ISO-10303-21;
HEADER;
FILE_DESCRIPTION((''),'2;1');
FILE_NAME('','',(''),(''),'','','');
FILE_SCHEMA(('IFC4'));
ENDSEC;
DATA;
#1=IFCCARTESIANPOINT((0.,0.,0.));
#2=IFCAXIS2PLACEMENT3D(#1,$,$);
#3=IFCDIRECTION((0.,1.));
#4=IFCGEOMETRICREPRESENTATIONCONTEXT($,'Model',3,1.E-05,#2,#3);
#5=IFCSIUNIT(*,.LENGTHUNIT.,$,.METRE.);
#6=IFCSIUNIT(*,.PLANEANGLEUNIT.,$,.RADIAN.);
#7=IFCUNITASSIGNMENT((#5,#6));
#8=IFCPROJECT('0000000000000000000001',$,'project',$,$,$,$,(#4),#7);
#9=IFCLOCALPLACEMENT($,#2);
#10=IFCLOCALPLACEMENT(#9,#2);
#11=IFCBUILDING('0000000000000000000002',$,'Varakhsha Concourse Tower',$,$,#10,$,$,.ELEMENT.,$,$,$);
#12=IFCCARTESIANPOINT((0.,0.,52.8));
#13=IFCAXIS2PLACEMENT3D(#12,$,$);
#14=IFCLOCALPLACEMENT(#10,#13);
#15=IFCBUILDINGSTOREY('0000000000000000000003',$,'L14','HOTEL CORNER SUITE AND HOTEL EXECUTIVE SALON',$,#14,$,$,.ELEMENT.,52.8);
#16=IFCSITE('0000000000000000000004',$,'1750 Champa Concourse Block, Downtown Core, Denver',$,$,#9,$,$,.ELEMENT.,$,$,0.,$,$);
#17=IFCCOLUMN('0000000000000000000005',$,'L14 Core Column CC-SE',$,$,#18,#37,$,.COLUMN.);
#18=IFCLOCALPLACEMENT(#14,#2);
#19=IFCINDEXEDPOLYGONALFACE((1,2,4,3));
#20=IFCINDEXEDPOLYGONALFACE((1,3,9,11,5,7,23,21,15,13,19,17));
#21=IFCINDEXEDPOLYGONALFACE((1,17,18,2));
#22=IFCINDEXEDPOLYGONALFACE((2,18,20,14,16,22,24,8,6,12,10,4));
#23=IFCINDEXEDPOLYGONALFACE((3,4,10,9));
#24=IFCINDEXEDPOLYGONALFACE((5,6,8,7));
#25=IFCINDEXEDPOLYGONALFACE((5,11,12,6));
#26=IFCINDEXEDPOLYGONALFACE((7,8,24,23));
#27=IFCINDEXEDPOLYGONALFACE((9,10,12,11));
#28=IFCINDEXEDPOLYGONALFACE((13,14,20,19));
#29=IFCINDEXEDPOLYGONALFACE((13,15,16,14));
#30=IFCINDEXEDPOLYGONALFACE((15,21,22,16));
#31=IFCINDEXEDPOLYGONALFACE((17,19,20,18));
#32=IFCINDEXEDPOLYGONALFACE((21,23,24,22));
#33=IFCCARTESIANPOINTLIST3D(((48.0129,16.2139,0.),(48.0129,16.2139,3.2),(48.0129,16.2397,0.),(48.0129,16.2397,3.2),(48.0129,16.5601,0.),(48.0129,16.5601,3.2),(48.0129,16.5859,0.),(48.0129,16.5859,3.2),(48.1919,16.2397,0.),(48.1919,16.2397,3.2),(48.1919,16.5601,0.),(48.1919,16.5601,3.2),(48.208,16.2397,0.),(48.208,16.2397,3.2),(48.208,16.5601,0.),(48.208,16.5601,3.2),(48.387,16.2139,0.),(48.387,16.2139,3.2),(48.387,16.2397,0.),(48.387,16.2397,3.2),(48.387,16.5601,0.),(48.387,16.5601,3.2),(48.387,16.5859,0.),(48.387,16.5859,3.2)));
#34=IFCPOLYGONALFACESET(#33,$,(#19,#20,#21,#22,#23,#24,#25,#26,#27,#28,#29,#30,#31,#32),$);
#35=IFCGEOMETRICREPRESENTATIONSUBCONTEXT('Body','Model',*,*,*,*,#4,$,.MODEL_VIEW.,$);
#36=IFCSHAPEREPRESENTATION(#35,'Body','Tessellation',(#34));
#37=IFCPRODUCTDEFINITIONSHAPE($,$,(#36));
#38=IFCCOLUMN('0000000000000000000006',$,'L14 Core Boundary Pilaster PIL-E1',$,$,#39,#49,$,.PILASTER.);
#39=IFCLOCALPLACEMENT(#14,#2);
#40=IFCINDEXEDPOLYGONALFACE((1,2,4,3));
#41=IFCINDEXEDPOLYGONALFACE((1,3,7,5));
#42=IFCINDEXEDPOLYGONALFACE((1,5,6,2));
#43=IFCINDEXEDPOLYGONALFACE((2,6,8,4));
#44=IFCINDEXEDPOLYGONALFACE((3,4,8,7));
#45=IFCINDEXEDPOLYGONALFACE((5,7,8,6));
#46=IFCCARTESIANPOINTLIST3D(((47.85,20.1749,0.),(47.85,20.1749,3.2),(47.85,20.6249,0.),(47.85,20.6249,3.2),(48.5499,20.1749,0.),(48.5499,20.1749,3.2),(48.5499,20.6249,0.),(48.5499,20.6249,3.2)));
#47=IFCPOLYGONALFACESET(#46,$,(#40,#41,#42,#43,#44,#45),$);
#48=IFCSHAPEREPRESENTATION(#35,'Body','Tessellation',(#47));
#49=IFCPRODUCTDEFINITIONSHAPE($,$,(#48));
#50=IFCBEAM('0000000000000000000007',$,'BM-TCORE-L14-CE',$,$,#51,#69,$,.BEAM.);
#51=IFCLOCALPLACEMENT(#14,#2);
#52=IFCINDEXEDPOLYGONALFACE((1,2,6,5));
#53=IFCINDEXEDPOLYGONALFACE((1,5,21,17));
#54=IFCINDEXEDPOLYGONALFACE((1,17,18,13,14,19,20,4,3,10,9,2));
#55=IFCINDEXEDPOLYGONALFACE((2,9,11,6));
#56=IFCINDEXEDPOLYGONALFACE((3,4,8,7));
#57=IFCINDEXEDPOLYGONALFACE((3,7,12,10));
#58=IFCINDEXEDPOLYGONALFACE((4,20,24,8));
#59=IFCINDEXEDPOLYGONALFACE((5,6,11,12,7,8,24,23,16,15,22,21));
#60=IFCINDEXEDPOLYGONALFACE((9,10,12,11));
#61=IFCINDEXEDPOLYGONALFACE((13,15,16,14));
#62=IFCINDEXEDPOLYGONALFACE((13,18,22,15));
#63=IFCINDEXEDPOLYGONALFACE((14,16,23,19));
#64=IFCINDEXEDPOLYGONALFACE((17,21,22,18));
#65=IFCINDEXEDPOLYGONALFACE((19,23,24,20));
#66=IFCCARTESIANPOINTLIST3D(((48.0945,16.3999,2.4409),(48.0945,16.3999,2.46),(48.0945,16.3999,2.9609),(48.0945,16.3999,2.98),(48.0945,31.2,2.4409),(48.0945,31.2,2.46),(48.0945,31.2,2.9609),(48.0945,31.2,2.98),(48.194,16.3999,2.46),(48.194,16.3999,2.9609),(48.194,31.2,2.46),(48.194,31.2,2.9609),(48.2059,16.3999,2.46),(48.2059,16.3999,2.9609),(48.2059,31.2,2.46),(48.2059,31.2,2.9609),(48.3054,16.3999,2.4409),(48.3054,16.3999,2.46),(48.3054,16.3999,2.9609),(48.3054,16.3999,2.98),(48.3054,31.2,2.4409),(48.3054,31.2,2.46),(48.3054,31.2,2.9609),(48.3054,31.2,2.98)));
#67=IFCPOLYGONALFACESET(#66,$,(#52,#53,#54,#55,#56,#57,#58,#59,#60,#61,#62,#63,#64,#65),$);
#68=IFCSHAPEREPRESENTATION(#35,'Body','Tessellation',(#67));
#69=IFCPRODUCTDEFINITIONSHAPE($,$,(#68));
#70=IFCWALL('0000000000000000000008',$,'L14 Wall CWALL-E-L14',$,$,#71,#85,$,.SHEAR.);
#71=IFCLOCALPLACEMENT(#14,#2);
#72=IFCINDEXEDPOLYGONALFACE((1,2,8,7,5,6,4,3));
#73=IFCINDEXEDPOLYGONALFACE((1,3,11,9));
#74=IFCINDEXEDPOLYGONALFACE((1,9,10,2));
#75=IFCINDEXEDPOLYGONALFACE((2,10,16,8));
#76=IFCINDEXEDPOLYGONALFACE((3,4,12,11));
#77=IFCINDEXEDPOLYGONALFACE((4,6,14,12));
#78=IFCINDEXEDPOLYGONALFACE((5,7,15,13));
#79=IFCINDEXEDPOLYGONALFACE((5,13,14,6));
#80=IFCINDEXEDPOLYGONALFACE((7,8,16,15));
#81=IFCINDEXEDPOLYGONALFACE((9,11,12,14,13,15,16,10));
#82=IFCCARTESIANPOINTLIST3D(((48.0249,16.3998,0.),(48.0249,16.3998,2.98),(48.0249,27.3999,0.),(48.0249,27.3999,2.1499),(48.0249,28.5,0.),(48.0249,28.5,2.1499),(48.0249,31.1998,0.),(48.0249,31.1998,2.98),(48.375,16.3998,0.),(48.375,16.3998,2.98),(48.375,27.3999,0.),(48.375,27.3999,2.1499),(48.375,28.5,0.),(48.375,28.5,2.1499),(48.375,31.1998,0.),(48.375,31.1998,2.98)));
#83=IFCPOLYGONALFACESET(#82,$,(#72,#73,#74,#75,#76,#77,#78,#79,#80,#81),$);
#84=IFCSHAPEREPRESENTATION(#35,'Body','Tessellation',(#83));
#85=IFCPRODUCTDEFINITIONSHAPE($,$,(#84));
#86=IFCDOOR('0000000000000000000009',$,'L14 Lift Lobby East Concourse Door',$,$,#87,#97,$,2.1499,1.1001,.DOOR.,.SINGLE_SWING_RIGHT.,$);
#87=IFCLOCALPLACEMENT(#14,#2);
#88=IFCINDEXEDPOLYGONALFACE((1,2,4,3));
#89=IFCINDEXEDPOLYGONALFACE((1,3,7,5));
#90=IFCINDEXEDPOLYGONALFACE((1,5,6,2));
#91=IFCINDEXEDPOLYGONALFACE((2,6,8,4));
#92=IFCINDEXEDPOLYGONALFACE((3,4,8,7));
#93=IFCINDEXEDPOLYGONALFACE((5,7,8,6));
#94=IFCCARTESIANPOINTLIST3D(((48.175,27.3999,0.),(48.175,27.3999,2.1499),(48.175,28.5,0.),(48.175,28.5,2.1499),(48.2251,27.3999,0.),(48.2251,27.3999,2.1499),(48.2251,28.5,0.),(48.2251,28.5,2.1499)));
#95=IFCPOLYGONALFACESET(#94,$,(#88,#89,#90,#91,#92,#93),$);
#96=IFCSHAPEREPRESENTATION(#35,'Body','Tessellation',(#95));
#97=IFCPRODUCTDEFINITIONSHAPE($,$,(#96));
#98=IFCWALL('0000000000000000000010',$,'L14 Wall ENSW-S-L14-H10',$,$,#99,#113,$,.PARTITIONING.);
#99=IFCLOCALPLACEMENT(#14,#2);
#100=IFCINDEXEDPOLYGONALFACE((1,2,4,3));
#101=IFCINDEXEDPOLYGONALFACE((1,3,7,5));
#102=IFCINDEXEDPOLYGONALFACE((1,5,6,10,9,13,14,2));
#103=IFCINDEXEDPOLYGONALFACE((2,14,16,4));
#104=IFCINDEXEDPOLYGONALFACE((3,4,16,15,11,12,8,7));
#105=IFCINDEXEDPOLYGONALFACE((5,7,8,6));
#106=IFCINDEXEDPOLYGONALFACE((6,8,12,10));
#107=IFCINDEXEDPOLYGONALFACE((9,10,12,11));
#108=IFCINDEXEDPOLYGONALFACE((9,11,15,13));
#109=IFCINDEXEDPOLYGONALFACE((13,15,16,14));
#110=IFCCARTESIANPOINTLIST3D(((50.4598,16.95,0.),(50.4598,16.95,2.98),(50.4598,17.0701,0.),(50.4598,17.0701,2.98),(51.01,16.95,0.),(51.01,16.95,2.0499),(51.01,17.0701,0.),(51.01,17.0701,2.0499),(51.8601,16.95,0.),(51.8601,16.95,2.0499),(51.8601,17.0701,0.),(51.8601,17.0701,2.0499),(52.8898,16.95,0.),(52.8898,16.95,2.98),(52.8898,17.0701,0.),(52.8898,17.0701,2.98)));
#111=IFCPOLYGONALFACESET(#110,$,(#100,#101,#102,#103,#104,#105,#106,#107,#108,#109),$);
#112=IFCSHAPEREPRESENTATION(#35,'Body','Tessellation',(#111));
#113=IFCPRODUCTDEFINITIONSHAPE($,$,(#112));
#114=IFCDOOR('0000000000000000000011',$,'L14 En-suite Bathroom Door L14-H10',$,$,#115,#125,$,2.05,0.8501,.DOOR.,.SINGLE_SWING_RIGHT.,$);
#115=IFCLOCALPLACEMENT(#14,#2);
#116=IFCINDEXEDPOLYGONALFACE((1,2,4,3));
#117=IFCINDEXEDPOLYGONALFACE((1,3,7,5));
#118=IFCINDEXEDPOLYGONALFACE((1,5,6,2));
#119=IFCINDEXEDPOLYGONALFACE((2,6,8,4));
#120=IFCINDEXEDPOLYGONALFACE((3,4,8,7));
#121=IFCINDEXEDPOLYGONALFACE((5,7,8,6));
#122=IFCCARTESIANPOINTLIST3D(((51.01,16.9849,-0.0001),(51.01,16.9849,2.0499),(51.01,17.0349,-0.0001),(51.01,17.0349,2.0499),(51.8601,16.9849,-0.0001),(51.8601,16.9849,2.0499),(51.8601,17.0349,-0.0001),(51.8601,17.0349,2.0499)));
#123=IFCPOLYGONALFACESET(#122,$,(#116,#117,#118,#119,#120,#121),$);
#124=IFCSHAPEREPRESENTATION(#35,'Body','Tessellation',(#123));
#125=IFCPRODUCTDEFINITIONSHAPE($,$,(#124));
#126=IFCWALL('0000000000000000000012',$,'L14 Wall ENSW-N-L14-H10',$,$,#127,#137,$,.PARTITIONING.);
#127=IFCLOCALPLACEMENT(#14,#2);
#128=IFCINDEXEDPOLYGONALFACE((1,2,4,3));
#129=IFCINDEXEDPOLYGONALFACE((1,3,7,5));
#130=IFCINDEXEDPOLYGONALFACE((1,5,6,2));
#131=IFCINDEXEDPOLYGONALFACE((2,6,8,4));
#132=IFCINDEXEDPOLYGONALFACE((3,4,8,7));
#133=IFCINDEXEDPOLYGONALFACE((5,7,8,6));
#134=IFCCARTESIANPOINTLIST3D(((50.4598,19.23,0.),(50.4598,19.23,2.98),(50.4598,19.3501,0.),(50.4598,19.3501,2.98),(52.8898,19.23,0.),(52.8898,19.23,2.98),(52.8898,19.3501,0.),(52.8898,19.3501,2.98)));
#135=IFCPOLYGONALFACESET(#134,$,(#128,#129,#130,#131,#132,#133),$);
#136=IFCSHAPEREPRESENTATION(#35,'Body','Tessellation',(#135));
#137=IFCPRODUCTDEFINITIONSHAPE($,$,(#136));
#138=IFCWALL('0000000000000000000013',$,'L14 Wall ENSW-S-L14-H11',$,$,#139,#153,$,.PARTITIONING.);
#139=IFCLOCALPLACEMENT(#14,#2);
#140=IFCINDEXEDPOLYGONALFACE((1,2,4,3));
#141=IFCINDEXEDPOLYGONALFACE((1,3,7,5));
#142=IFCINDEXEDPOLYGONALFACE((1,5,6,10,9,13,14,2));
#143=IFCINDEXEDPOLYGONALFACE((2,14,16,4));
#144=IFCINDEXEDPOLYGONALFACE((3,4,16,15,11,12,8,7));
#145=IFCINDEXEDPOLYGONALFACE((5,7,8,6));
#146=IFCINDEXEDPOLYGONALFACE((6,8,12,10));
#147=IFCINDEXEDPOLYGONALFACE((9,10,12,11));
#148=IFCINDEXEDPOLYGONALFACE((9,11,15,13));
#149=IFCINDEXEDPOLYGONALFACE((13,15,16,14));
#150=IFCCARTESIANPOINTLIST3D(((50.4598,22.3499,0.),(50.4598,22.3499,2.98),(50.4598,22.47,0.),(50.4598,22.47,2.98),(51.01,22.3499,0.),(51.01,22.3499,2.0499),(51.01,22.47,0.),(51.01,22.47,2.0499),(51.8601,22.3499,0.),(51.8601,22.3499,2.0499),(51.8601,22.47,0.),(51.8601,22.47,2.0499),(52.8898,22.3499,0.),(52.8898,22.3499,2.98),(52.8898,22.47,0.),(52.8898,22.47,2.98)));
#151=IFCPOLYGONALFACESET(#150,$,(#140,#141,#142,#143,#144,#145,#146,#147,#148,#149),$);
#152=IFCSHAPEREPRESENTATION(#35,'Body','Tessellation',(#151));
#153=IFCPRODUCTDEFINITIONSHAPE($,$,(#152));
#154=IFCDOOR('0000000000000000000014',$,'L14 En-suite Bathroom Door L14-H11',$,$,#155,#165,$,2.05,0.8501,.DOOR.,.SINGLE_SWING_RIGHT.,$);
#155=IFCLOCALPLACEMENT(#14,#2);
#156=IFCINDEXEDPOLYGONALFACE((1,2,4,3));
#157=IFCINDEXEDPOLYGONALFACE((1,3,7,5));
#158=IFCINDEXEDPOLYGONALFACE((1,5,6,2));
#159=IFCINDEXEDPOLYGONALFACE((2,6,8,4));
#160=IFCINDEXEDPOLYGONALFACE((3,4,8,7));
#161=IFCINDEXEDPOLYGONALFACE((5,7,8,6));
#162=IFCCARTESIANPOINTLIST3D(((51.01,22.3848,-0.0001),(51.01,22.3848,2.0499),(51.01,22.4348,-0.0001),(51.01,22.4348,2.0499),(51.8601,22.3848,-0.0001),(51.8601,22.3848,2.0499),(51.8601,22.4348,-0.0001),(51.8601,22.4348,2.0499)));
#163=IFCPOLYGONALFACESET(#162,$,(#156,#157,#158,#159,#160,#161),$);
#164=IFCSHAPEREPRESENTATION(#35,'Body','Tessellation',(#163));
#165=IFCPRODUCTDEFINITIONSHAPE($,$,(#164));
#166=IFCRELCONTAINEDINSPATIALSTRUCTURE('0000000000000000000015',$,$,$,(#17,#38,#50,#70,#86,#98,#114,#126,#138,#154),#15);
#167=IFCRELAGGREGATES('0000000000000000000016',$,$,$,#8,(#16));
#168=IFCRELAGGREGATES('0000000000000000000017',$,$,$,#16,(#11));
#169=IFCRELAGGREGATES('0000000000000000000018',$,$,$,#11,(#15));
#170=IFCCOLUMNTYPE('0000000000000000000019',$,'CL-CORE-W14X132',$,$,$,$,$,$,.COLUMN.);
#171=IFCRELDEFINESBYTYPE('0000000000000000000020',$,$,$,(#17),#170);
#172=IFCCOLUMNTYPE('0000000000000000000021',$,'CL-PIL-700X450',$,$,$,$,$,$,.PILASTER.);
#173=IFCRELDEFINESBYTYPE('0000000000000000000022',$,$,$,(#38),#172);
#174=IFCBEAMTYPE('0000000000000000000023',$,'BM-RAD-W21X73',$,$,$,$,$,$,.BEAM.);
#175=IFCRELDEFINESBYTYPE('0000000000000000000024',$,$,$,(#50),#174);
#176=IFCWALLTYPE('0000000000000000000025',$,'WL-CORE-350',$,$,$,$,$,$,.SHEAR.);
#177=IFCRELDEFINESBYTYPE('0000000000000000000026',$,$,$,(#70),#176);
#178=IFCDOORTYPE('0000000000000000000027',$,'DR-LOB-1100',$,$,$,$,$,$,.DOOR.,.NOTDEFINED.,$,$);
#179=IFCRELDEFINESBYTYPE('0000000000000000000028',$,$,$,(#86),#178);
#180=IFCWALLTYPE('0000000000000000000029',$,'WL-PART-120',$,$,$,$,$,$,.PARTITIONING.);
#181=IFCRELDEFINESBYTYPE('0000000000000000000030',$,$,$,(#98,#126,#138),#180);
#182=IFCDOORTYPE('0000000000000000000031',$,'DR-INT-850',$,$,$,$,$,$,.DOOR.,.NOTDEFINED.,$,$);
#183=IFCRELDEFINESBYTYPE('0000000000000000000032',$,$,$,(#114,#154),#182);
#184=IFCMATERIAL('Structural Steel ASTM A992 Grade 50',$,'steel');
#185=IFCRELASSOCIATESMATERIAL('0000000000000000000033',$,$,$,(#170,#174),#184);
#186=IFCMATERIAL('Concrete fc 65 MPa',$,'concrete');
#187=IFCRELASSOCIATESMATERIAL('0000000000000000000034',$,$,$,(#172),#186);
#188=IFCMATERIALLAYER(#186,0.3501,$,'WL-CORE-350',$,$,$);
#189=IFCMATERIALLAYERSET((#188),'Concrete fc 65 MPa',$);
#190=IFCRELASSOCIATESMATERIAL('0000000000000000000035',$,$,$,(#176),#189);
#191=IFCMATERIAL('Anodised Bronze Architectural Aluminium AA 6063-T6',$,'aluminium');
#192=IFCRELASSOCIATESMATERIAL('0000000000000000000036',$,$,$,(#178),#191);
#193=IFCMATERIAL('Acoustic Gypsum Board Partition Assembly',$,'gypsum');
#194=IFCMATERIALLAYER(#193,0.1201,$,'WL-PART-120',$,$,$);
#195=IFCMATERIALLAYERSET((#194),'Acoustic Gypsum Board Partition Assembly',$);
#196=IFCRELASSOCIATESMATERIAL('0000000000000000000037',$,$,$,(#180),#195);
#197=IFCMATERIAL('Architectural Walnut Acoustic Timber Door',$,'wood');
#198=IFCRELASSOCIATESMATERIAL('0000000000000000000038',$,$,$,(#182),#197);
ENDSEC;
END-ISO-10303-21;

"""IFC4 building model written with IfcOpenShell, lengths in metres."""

from ifc_helpers import new_model, si_unit, direction, frame, frame_2d, origin, origin_2d, place, context, subcontext, project, spatial, rectangle, i_section, extrude, material, layer, layer_set, material_profile, profile_set, type_object, element, fill, save


model = new_model("IFC4")

# Units and contexts
model_context = context("Model", 3, precision=1e-05, world=origin(), true_north=direction((0.0, 1.0)))
body_context = subcontext(model_context, "Body", "Model", "MODEL_VIEW")
ifc_project = project(units=[si_unit("LENGTHUNIT", "METRE"), si_unit("PLANEANGLEUNIT", "RADIAN")], contexts=[model_context])

# Site, building, storey
site_placement = place(None, origin())
site = spatial("IfcSite", under=ifc_project, at=site_placement, Name="1750 Champa Concourse Block, Downtown Core, Denver", CompositionType="ELEMENT", RefElevation=0.0)
building_placement = place(site_placement, origin())
building = spatial("IfcBuilding", under=site, at=building_placement, Name="Varakhsha Concourse Tower", CompositionType="ELEMENT")
storey_placement = place(building_placement, frame((0.0, 0.0, 52.8)))
storey = spatial("IfcBuildingStorey", under=building, at=storey_placement, Name="L14", Description="HOTEL CORNER SUITE AND HOTEL EXECUTIVE SALON", CompositionType="ELEMENT", Elevation=52.8)

# Columns
ifc_material_1 = material(Name="Structural Steel ASTM A992 Grade 50", Category="steel")
ifc_material_profile_1 = material_profile(ifc_material_1, i_section(OverallWidth=0.374, OverallDepth=0.3721, WebThickness=0.0161, FlangeThickness=0.0259, at=origin_2d()), Name="W14X132")
ifc_profile_set_1 = profile_set([ifc_material_profile_1], Name="Structural Steel ASTM A992 Grade 50")
column_type_1 = type_object("IfcColumnType", Name="CL-CORE-W14X132", PredefinedType="COLUMN", material=ifc_profile_set_1)
column_1_placement = place(storey_placement, frame((48.2, 16.3999, 0.0), z_axis=(0.0, 0.0, 1.0), x_axis=(1.0, 0.0, 0.0)))
element("IfcColumn", 1, at=column_1_placement, inside=storey, type_object=column_type_1, Name="L14 Core Column CC-SE", PredefinedType="COLUMN", context=body_context, shape_type="SweptSolid", body=[
    extrude(i_section(OverallWidth=0.374, OverallDepth=0.3721, WebThickness=0.0161, FlangeThickness=0.0259, at=origin_2d()), origin(), (0.0, 0.0, 1.0), 3.2),
])
ifc_material_2 = material(Name="Concrete fc 65 MPa", Category="concrete")
ifc_material_profile_2 = material_profile(ifc_material_2, rectangle(XDim=0.7, YDim=0.45, at=origin_2d()), Name="RC 700x450")
ifc_profile_set_2 = profile_set([ifc_material_profile_2], Name="Concrete fc 65 MPa")
column_type_2 = type_object("IfcColumnType", Name="CL-PIL-700X450", PredefinedType="PILASTER", material=ifc_profile_set_2)
column_2_placement = place(storey_placement, frame((48.2, 20.3999, 0.0), z_axis=(0.0, 0.0, 1.0), x_axis=(1.0, 0.0, 0.0)))
element("IfcColumn", 2, at=column_2_placement, inside=storey, type_object=column_type_2, Name="L14 Core Boundary Pilaster PIL-E1", PredefinedType="PILASTER", context=body_context, shape_type="SweptSolid", body=[
    extrude(rectangle(XDim=0.7, YDim=0.45, at=origin_2d()), origin(), (0.0, 0.0, 1.0), 3.2),
])

# Beam
ifc_material_profile_3 = material_profile(ifc_material_1, i_section(OverallWidth=0.2109, OverallDepth=0.5391, WebThickness=0.012, FlangeThickness=0.019, at=origin_2d()), Name="W21X73")
ifc_profile_set_3 = profile_set([ifc_material_profile_3], Name="Structural Steel ASTM A992 Grade 50")
beam_type = type_object("IfcBeamType", Name="BM-RAD-W21X73", PredefinedType="BEAM", material=ifc_profile_set_3)
beam_placement = place(storey_placement, frame((48.2, 16.3999, 2.7104), z_axis=(0.0, 1.0, 0.0), x_axis=(-1.0, 0.0, 0.0)))
element("IfcBeam", 3, at=beam_placement, inside=storey, type_object=beam_type, Name="BM-TCORE-L14-CE", PredefinedType="BEAM", context=body_context, shape_type="SweptSolid", body=[
    extrude(i_section(OverallWidth=0.2109, OverallDepth=0.5391, WebThickness=0.012, FlangeThickness=0.019, at=origin_2d()), origin(), (0.0, 0.0, 1.0), 14.8),
])

# Walls, openings, doors
ifc_layer_1 = layer(ifc_material_2, 0.3501, Name="WL-CORE-350")
ifc_layer_set_1 = layer_set([ifc_layer_1], Name="Concrete fc 65 MPa")
wall_type_1 = type_object("IfcWallType", Name="WL-CORE-350", PredefinedType="SHEAR", material=ifc_layer_set_1)
wall_1_placement = place(storey_placement, frame((48.2, 16.3999, 0.0), z_axis=(0.0, 0.0, 1.0), x_axis=(0.0, 1.0, 0.0)))
wall_1 = element("IfcWall", 4, at=wall_1_placement, inside=storey, type_object=wall_type_1, Name="L14 Wall CWALL-E-L14", PredefinedType="SHEAR", context=body_context, shape_type="SweptSolid", body=[
    extrude(rectangle(XDim=14.8, YDim=0.3501, at=frame_2d((7.3999, 0.0))), origin(), (0.0, 0.0, 1.0), 2.98),
])
opening_1_placement = place(wall_1_placement, frame((11.0, 0.0, 0.0)))
opening_1 = element("IfcOpeningElement", 5, at=opening_1_placement, cuts=wall_1, PredefinedType="OPENING", context=body_context, shape_type="SweptSolid", body=[
    extrude(rectangle(XDim=1.1001, YDim=2.1499, at=frame_2d((0.55, 1.075))), frame((0.0, 0.1851, 0.0), z_axis=(0.0, -1.0, 0.0), x_axis=(1.0, 0.0, 0.0)), (0.0, 0.0, 1.0), 0.3701),
])
ifc_material_3 = material(Name="Anodised Bronze Architectural Aluminium AA 6063-T6", Category="aluminium")
door_type_1 = type_object("IfcDoorType", Name="DR-LOB-1100", OperationType="NOTDEFINED", PredefinedType="DOOR", material=ifc_material_3)
door_1_placement = place(opening_1_placement, origin())
door_1 = element("IfcDoor", 6, at=door_1_placement, inside=storey, type_object=door_type_1, Name="L14 Lift Lobby East Concourse Door", OperationType="SINGLE_SWING_RIGHT", OverallHeight=2.1499, OverallWidth=1.1001, PredefinedType="DOOR", context=body_context, shape_type="SweptSolid", body=[
    extrude(rectangle(XDim=1.1001, YDim=2.1499, at=frame_2d((0.55, 1.075))), frame((0.0, 0.0249, 0.0), z_axis=(0.0, -1.0, 0.0), x_axis=(1.0, 0.0, 0.0)), (0.0, 0.0, 1.0), 0.05),
])
fill(opening_1, door_1)
ifc_material_4 = material(Name="Acoustic Gypsum Board Partition Assembly", Category="gypsum")
ifc_layer_2 = layer(ifc_material_4, 0.1201, Name="WL-PART-120")
ifc_layer_set_2 = layer_set([ifc_layer_2], Name="Acoustic Gypsum Board Partition Assembly")
wall_type_2 = type_object("IfcWallType", Name="WL-PART-120", PredefinedType="PARTITIONING", material=ifc_layer_set_2)
wall_2_placement = place(storey_placement, frame((50.46, 17.01, 0.0), z_axis=(0.0, 0.0, 1.0), x_axis=(1.0, 0.0, 0.0)))
wall_2 = element("IfcWall", 7, at=wall_2_placement, inside=storey, type_object=wall_type_2, Name="L14 Wall ENSW-S-L14-H10", PredefinedType="PARTITIONING", context=body_context, shape_type="SweptSolid", body=[
    extrude(rectangle(XDim=2.4299, YDim=0.1201, at=frame_2d((1.2148, 0.0))), origin(), (0.0, 0.0, 1.0), 2.98),
])
opening_2_placement = place(wall_2_placement, frame((0.55, 0.0, 0.0)))
opening_2 = element("IfcOpeningElement", 8, at=opening_2_placement, cuts=wall_2, PredefinedType="OPENING", context=body_context, shape_type="SweptSolid", body=[
    extrude(rectangle(XDim=0.8501, YDim=2.05, at=frame_2d((0.425, 1.0249))), frame((0.0, 0.0701, 0.0), z_axis=(0.0, -1.0, 0.0), x_axis=(1.0, 0.0, 0.0)), (0.0, 0.0, 1.0), 0.1401),
])
ifc_material_5 = material(Name="Architectural Walnut Acoustic Timber Door", Category="wood")
door_type_2 = type_object("IfcDoorType", Name="DR-INT-850", OperationType="NOTDEFINED", PredefinedType="DOOR", material=ifc_material_5)
door_2_placement = place(opening_2_placement, origin())
door_2 = element("IfcDoor", 9, at=door_2_placement, inside=storey, type_object=door_type_2, Name="L14 En-suite Bathroom Door L14-H10", OperationType="SINGLE_SWING_RIGHT", OverallHeight=2.05, OverallWidth=0.8501, PredefinedType="DOOR", context=body_context, shape_type="SweptSolid", body=[
    extrude(rectangle(XDim=0.8501, YDim=2.05, at=frame_2d((0.425, 1.0249))), frame((0.0, 0.0249, 0.0), z_axis=(0.0, -1.0, 0.0), x_axis=(1.0, 0.0, 0.0)), (0.0, 0.0, 1.0), 0.05),
])
fill(opening_2, door_2)

# Wall
wall_3_placement = place(storey_placement, frame((50.46, 19.29, 0.0), z_axis=(0.0, 0.0, 1.0), x_axis=(1.0, 0.0, 0.0)))
element("IfcWall", 10, at=wall_3_placement, inside=storey, type_object=wall_type_2, Name="L14 Wall ENSW-N-L14-H10", PredefinedType="PARTITIONING", context=body_context, shape_type="SweptSolid", body=[
    extrude(rectangle(XDim=2.4299, YDim=0.1201, at=frame_2d((1.2148, 0.0))), origin(), (0.0, 0.0, 1.0), 2.98),
])

# Wall, opening, door
wall_4_placement = place(storey_placement, frame((50.46, 22.4099, 0.0), z_axis=(0.0, 0.0, 1.0), x_axis=(1.0, 0.0, 0.0)))
wall_4 = element("IfcWall", 11, at=wall_4_placement, inside=storey, type_object=wall_type_2, Name="L14 Wall ENSW-S-L14-H11", PredefinedType="PARTITIONING", context=body_context, shape_type="SweptSolid", body=[
    extrude(rectangle(XDim=2.4299, YDim=0.1201, at=frame_2d((1.2148, 0.0))), origin(), (0.0, 0.0, 1.0), 2.98),
])
opening_3_placement = place(wall_4_placement, frame((0.55, 0.0, 0.0)))
opening_3 = element("IfcOpeningElement", 12, at=opening_3_placement, cuts=wall_4, PredefinedType="OPENING", context=body_context, shape_type="SweptSolid", body=[
    extrude(rectangle(XDim=0.8501, YDim=2.05, at=frame_2d((0.425, 1.0249))), frame((0.0, 0.0701, 0.0), z_axis=(0.0, -1.0, 0.0), x_axis=(1.0, 0.0, 0.0)), (0.0, 0.0, 1.0), 0.1401),
])
door_3_placement = place(opening_3_placement, origin())
door_3 = element("IfcDoor", 13, at=door_3_placement, inside=storey, type_object=door_type_2, Name="L14 En-suite Bathroom Door L14-H11", OperationType="SINGLE_SWING_RIGHT", OverallHeight=2.05, OverallWidth=0.8501, PredefinedType="DOOR", context=body_context, shape_type="SweptSolid", body=[
    extrude(rectangle(XDim=0.8501, YDim=2.05, at=frame_2d((0.425, 1.0249))), frame((0.0, 0.0249, 0.0), z_axis=(0.0, -1.0, 0.0), x_axis=(1.0, 0.0, 0.0)), (0.0, 0.0, 1.0), 0.05),
])
fill(opening_3, door_3)

save(model, "model.ifc")
